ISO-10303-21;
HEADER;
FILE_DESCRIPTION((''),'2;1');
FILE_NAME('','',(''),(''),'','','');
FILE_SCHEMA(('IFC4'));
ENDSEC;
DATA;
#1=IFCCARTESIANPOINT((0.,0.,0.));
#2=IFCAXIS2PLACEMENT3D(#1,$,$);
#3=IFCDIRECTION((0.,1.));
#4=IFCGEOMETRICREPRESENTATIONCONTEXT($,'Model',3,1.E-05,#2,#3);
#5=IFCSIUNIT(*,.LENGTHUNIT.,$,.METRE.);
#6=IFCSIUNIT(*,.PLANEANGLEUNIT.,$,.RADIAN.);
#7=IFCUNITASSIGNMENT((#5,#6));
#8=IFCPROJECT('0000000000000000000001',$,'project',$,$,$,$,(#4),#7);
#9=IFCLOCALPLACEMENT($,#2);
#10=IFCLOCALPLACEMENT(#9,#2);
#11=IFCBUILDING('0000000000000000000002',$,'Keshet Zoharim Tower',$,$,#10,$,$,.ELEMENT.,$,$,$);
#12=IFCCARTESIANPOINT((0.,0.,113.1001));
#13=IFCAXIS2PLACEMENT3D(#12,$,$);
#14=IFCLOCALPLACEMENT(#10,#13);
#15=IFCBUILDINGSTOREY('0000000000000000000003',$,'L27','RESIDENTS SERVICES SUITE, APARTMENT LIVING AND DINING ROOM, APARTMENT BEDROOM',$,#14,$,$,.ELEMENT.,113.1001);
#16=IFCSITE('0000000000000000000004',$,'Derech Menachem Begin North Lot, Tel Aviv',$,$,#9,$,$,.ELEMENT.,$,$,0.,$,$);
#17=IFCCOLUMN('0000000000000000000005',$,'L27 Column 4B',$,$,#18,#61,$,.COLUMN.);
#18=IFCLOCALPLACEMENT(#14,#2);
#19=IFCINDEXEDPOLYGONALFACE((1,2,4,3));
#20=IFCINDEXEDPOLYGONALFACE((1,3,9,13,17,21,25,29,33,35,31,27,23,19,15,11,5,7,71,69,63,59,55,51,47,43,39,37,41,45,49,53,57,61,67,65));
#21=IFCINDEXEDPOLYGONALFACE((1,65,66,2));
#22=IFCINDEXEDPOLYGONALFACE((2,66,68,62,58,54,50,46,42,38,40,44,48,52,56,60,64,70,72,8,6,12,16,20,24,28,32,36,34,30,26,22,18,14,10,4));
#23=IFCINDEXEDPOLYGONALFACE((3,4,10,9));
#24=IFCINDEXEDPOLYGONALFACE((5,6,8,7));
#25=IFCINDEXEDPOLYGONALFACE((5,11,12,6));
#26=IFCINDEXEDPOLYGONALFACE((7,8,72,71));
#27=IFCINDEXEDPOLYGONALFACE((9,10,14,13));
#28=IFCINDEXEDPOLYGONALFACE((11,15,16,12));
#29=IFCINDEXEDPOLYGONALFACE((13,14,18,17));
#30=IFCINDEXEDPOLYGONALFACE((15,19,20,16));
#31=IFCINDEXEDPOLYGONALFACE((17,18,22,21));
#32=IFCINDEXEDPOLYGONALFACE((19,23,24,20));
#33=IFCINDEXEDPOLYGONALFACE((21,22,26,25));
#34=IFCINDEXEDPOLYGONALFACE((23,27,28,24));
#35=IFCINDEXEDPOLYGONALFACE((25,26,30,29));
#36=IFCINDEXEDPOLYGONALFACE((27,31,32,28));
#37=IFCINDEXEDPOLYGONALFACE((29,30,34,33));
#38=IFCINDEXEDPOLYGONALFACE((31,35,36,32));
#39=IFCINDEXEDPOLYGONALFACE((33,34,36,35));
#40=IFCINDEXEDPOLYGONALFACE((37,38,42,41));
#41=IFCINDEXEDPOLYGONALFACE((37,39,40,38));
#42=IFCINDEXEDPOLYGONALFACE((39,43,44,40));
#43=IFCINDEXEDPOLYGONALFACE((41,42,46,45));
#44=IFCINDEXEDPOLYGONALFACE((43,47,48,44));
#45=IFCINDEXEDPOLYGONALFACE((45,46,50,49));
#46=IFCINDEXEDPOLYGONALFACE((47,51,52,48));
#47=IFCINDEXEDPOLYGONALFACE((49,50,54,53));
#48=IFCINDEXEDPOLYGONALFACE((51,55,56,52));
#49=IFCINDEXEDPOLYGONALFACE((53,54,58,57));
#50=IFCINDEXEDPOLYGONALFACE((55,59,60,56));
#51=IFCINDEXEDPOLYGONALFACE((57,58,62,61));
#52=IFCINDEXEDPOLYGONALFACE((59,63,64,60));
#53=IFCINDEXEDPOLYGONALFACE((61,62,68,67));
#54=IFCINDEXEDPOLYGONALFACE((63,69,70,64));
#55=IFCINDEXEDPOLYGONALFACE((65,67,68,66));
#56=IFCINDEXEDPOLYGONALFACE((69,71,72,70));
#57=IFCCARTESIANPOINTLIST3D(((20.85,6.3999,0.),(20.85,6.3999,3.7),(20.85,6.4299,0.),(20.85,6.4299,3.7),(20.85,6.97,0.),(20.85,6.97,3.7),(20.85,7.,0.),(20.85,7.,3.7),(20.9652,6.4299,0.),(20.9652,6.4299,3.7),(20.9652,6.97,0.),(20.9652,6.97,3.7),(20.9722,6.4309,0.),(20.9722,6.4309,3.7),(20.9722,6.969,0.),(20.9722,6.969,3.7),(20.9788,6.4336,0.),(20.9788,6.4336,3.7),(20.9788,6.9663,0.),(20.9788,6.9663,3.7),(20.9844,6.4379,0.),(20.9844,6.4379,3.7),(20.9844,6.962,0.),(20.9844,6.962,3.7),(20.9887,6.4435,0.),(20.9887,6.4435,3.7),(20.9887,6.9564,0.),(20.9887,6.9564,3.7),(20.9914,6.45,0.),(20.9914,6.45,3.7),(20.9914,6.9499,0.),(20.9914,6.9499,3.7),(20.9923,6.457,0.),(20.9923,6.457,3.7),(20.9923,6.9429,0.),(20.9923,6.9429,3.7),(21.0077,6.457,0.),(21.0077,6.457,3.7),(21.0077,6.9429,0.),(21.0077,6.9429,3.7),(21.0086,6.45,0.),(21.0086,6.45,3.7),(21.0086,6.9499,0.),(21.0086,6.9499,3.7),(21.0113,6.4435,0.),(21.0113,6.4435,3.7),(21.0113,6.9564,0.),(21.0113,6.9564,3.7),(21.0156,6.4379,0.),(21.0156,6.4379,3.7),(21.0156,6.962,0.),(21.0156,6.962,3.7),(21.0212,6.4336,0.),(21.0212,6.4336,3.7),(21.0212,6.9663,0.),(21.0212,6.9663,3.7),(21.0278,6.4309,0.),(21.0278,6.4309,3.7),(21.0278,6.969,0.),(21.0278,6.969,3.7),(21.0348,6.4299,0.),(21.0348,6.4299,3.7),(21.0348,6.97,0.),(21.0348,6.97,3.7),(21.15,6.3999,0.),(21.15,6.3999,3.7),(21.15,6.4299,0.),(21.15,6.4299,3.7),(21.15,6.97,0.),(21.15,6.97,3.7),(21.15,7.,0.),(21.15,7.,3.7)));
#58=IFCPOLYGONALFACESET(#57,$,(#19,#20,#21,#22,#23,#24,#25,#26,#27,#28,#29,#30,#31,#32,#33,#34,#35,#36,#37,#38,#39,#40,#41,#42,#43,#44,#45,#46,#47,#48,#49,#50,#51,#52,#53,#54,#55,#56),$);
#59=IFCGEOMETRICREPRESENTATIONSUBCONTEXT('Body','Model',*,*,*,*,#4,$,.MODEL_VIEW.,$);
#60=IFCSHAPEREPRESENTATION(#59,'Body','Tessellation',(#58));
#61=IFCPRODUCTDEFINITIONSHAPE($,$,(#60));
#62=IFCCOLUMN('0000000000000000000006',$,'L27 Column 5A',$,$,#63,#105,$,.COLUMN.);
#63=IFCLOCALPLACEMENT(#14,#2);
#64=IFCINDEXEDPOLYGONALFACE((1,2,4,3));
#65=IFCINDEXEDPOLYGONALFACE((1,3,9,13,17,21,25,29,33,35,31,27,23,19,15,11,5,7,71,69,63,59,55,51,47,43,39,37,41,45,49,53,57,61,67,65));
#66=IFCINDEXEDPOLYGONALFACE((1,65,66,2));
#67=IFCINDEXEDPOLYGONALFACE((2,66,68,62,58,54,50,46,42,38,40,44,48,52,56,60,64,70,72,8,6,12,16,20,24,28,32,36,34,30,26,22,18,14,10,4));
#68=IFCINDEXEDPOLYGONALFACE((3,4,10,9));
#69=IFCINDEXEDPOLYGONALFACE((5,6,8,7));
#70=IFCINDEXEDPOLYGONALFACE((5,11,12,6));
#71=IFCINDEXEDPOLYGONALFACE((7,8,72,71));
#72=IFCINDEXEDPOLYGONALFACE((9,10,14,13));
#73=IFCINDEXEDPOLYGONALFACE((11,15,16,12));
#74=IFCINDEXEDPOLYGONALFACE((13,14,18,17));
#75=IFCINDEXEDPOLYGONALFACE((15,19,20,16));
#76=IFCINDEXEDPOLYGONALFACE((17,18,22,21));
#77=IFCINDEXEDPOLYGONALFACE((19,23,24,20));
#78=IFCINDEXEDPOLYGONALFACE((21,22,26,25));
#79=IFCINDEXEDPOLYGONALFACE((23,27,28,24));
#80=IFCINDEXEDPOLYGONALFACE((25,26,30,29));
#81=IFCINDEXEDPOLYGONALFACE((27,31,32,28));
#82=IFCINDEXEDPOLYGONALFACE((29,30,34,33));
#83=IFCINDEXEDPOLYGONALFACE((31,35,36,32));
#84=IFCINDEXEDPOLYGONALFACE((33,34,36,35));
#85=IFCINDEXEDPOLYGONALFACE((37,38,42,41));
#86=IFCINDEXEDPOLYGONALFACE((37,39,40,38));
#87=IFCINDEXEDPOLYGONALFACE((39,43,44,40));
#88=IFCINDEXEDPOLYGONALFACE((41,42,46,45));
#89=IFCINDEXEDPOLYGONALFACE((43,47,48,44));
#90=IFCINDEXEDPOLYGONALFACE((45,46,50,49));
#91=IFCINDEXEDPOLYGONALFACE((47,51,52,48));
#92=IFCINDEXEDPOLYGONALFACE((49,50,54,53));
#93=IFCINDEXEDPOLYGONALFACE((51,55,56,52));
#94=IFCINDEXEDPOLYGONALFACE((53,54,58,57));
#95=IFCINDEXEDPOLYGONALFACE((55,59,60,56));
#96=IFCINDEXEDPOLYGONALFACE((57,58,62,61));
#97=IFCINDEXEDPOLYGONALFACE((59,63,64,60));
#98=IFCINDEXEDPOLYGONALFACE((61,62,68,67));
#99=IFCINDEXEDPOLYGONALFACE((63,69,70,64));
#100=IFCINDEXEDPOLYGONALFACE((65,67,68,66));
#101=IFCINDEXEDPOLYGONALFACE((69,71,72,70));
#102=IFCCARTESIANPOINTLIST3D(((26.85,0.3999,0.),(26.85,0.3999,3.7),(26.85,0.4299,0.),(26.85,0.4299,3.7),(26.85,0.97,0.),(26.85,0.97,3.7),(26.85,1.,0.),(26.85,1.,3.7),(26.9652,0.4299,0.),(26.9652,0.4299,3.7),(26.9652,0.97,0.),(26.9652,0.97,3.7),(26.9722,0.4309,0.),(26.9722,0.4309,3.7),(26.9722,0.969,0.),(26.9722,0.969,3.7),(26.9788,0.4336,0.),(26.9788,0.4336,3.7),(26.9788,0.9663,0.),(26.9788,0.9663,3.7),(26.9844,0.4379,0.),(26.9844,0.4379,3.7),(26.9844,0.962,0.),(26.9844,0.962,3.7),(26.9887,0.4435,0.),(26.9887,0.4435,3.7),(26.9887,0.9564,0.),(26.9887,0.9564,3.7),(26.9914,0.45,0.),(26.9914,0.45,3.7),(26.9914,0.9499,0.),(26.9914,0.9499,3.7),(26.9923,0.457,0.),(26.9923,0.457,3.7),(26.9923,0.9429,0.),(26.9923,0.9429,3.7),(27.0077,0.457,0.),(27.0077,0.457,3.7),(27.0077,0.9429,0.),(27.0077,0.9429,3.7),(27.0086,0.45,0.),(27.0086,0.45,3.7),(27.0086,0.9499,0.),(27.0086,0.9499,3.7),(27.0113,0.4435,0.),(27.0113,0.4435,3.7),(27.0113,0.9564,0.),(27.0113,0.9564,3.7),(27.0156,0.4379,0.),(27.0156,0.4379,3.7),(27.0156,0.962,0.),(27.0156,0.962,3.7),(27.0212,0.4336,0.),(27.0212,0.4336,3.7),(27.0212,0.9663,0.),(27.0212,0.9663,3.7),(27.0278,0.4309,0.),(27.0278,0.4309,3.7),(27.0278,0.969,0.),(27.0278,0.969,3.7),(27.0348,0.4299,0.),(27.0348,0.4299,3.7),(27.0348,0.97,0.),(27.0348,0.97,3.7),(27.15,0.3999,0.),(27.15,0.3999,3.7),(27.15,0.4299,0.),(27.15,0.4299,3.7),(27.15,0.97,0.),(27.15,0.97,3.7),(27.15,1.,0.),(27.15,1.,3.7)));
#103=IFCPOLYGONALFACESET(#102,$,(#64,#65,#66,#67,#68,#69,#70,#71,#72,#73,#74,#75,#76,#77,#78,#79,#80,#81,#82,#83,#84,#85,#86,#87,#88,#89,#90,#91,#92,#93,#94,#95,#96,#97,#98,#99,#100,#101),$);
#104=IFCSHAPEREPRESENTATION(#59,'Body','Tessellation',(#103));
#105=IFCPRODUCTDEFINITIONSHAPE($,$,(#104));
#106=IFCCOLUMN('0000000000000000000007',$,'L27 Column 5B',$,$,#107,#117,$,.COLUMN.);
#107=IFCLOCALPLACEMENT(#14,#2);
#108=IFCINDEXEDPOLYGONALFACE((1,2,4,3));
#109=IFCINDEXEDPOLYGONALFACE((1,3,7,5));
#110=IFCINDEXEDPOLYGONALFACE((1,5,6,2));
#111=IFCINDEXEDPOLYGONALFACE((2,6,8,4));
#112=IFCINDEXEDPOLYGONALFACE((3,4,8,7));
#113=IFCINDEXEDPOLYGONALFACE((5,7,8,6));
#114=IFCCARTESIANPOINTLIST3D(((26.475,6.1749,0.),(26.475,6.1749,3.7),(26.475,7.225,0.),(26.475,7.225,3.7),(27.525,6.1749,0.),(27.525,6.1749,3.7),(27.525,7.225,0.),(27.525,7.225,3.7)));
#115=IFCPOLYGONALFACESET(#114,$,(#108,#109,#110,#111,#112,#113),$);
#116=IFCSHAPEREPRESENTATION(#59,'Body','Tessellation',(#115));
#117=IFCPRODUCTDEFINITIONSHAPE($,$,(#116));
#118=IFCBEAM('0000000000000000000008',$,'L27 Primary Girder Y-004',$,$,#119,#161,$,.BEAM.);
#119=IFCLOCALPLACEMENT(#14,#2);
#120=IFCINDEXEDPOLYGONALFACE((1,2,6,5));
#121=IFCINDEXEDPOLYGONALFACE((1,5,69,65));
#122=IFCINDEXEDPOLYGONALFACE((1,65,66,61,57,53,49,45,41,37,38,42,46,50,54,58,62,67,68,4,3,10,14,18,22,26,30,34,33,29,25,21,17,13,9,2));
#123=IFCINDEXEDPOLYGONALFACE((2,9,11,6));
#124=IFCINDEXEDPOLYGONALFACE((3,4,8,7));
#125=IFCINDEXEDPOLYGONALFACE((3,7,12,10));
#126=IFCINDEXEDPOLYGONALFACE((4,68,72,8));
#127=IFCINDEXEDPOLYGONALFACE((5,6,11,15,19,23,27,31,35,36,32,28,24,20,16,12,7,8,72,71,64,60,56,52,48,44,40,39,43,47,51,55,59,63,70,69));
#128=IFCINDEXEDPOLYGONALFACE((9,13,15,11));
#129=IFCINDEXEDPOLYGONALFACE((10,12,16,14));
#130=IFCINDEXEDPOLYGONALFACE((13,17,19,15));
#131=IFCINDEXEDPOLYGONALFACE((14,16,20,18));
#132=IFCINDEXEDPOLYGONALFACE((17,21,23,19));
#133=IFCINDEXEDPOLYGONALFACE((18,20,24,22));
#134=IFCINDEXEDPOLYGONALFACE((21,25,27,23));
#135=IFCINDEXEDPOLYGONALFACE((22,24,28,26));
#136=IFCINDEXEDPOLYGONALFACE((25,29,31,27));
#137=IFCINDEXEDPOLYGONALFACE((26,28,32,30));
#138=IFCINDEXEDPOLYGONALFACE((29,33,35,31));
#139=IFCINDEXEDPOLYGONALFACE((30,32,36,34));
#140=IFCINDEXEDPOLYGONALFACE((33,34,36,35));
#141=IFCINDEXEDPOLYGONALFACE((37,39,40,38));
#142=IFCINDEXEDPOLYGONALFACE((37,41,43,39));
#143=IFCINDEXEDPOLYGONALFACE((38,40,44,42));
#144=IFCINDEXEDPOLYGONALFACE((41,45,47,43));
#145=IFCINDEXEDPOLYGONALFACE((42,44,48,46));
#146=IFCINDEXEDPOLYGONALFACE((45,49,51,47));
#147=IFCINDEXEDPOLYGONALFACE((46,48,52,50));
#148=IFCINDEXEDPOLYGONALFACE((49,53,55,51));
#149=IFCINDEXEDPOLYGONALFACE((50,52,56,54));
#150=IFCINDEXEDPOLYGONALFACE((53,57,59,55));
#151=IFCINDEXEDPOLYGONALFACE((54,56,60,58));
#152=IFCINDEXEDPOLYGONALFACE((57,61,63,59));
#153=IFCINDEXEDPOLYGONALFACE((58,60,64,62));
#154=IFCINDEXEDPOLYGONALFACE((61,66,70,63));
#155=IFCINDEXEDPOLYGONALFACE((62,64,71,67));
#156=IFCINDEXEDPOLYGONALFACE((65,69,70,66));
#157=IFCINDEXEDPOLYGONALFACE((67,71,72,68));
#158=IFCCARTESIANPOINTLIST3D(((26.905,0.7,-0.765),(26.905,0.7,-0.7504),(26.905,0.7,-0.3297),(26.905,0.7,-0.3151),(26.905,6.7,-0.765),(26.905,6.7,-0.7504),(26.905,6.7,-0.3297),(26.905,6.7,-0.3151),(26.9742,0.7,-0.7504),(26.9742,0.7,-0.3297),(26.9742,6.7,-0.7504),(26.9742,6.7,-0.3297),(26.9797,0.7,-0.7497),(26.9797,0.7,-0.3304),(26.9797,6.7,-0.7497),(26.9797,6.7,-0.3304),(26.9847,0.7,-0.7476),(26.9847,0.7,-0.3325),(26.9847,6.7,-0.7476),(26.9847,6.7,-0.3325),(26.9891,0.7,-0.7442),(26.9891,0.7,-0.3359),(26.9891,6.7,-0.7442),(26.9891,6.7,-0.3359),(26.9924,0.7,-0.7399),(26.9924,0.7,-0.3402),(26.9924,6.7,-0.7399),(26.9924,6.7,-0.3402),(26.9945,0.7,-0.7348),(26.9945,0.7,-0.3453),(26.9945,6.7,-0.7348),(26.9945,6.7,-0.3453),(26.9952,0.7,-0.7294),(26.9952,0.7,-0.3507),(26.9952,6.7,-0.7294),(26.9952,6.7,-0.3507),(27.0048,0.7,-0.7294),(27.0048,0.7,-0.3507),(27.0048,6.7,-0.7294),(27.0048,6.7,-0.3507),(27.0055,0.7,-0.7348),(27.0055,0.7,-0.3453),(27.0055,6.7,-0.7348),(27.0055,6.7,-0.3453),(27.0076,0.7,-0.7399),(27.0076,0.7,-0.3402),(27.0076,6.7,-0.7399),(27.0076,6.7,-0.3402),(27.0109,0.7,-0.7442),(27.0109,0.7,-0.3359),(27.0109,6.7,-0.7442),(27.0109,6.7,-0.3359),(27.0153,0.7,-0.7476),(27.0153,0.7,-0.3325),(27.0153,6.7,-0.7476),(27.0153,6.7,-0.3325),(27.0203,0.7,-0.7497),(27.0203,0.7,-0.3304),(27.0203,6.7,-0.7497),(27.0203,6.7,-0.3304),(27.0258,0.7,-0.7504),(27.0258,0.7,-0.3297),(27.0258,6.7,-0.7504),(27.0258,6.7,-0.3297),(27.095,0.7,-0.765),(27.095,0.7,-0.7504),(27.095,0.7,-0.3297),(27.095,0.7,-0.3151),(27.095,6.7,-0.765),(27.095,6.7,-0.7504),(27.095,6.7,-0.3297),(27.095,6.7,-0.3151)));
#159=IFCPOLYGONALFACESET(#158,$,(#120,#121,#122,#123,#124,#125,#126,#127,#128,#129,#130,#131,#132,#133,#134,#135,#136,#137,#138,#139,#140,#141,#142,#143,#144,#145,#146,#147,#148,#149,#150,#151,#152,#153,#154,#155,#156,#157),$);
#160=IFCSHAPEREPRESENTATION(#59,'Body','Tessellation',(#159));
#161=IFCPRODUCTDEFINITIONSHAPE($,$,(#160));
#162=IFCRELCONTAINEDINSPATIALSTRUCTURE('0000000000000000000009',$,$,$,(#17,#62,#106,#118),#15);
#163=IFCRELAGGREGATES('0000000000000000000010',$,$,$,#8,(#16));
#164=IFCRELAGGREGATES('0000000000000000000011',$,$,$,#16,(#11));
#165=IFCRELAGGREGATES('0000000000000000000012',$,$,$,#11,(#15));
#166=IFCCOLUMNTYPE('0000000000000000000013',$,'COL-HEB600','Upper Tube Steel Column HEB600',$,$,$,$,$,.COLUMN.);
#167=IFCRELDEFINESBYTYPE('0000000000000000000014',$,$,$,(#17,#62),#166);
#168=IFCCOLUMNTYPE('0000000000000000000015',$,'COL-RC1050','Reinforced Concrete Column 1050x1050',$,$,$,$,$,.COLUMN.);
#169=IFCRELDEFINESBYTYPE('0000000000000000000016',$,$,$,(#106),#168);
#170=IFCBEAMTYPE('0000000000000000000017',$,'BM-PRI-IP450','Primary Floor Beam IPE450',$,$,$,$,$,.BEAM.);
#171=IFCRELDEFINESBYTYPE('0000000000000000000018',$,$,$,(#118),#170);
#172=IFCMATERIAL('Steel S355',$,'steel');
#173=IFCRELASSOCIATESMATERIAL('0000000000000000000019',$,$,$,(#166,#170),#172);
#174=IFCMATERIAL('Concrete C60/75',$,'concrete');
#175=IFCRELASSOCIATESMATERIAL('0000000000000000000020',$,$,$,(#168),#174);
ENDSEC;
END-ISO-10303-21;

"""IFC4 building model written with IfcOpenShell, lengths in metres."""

from ifc_helpers import new_model, si_unit, direction, frame, origin, origin_2d, place, context, subcontext, project, spatial, rectangle, i_section, extrude, material, material_profile, profile_set, type_object, element, save


model = new_model("IFC4")

# Units and contexts
model_context = context("Model", 3, precision=1e-05, world=origin(), true_north=direction((0.0, 1.0)))
body_context = subcontext(model_context, "Body", "Model", "MODEL_VIEW")
ifc_project = project(units=[si_unit("LENGTHUNIT", "METRE"), si_unit("PLANEANGLEUNIT", "RADIAN")], contexts=[model_context])

# Site, building, storey
site_placement = place(None, origin())
site = spatial("IfcSite", under=ifc_project, at=site_placement, Name="Derech Menachem Begin North Lot, Tel Aviv", CompositionType="ELEMENT", RefElevation=0.0)
building_placement = place(site_placement, origin())
building = spatial("IfcBuilding", under=site, at=building_placement, Name="Keshet Zoharim Tower", CompositionType="ELEMENT")
storey_placement = place(building_placement, frame((0.0, 0.0, 113.1001)))
storey = spatial("IfcBuildingStorey", under=building, at=storey_placement, Name="L27", Description="RESIDENTS SERVICES SUITE, APARTMENT LIVING AND DINING ROOM, APARTMENT BEDROOM", CompositionType="ELEMENT", Elevation=113.1001)

# Columns
ifc_material_1 = material(Name="Steel S355", Category="steel")
ifc_material_profile_1 = material_profile(ifc_material_1, i_section(OverallWidth=0.3, OverallDepth=0.6001, WebThickness=0.0154, FlangeThickness=0.03, FilletRadius=0.0271, at=origin_2d()), Name="HEB600")
ifc_profile_set_1 = profile_set([ifc_material_profile_1], Name="Steel S355")
column_type_1 = type_object("IfcColumnType", Name="COL-HEB600", Description="Upper Tube Steel Column HEB600", PredefinedType="COLUMN", material=ifc_profile_set_1)
for number, where, z_axis, x_axis, name in (
    (1, (21.0, 6.7, 0.0), (0.0, 0.0, 1.0), (1.0, 0.0, 0.0), "L27 Column 4B"),
    (2, (27.0, 0.7, 0.0), (0.0, 0.0, 1.0), (1.0, 0.0, 0.0), "L27 Column 5A"),
):
    element("IfcColumn", number, at=place(storey_placement, frame(where, z_axis=z_axis, x_axis=x_axis)), inside=storey, type_object=column_type_1, Name=name, PredefinedType="COLUMN", context=body_context, shape_type="SweptSolid", body=[
        extrude(i_section(OverallWidth=0.3, OverallDepth=0.6001, WebThickness=0.0154, FlangeThickness=0.03, FilletRadius=0.0271, at=origin_2d()), origin(), (0.0, 0.0, 1.0), 3.7),
    ])
ifc_material_2 = material(Name="Concrete C60/75", Category="concrete")
ifc_material_profile_2 = material_profile(ifc_material_2, rectangle(XDim=1.05, YDim=1.05, at=origin_2d()), Name="RC1050x1050")
ifc_profile_set_2 = profile_set([ifc_material_profile_2], Name="Concrete C60/75")
column_type_2 = type_object("IfcColumnType", Name="COL-RC1050", Description="Reinforced Concrete Column 1050x1050", PredefinedType="COLUMN", material=ifc_profile_set_2)
column_placement = place(storey_placement, frame((27.0, 6.7, 0.0), z_axis=(0.0, 0.0, 1.0), x_axis=(1.0, 0.0, 0.0)))
element("IfcColumn", 3, at=column_placement, inside=storey, type_object=column_type_2, Name="L27 Column 5B", PredefinedType="COLUMN", context=body_context, shape_type="SweptSolid", body=[
    extrude(rectangle(XDim=1.05, YDim=1.05, at=origin_2d()), origin(), (0.0, 0.0, 1.0), 3.7),
])

# Beam
ifc_material_profile_3 = material_profile(ifc_material_1, i_section(OverallWidth=0.1899, OverallDepth=0.45, WebThickness=0.0095, FlangeThickness=0.0146, FilletRadius=0.021, at=origin_2d()), Name="IPE450")
ifc_profile_set_3 = profile_set([ifc_material_profile_3], Name="Steel S355")
beam_type_1 = type_object("IfcBeamType", Name="BM-PRI-IP450", Description="Primary Floor Beam IPE450", PredefinedType="BEAM", material=ifc_profile_set_3)
beam_1_placement = place(storey_placement, frame((27.0, 0.7, -0.54), z_axis=(0.0, 1.0, 0.0), x_axis=(-1.0, 0.0, 0.0)))
element("IfcBeam", 4, at=beam_1_placement, inside=storey, type_object=beam_type_1, Name="L27 Primary Girder Y-004", PredefinedType="BEAM", context=body_context, shape_type="SweptSolid", body=[
    extrude(i_section(OverallWidth=0.1899, OverallDepth=0.45, WebThickness=0.0095, FlangeThickness=0.0146, FilletRadius=0.021, at=origin_2d()), origin(), (0.0, 0.0, 1.0), 6.0),
])

save(model, "model.ifc")
